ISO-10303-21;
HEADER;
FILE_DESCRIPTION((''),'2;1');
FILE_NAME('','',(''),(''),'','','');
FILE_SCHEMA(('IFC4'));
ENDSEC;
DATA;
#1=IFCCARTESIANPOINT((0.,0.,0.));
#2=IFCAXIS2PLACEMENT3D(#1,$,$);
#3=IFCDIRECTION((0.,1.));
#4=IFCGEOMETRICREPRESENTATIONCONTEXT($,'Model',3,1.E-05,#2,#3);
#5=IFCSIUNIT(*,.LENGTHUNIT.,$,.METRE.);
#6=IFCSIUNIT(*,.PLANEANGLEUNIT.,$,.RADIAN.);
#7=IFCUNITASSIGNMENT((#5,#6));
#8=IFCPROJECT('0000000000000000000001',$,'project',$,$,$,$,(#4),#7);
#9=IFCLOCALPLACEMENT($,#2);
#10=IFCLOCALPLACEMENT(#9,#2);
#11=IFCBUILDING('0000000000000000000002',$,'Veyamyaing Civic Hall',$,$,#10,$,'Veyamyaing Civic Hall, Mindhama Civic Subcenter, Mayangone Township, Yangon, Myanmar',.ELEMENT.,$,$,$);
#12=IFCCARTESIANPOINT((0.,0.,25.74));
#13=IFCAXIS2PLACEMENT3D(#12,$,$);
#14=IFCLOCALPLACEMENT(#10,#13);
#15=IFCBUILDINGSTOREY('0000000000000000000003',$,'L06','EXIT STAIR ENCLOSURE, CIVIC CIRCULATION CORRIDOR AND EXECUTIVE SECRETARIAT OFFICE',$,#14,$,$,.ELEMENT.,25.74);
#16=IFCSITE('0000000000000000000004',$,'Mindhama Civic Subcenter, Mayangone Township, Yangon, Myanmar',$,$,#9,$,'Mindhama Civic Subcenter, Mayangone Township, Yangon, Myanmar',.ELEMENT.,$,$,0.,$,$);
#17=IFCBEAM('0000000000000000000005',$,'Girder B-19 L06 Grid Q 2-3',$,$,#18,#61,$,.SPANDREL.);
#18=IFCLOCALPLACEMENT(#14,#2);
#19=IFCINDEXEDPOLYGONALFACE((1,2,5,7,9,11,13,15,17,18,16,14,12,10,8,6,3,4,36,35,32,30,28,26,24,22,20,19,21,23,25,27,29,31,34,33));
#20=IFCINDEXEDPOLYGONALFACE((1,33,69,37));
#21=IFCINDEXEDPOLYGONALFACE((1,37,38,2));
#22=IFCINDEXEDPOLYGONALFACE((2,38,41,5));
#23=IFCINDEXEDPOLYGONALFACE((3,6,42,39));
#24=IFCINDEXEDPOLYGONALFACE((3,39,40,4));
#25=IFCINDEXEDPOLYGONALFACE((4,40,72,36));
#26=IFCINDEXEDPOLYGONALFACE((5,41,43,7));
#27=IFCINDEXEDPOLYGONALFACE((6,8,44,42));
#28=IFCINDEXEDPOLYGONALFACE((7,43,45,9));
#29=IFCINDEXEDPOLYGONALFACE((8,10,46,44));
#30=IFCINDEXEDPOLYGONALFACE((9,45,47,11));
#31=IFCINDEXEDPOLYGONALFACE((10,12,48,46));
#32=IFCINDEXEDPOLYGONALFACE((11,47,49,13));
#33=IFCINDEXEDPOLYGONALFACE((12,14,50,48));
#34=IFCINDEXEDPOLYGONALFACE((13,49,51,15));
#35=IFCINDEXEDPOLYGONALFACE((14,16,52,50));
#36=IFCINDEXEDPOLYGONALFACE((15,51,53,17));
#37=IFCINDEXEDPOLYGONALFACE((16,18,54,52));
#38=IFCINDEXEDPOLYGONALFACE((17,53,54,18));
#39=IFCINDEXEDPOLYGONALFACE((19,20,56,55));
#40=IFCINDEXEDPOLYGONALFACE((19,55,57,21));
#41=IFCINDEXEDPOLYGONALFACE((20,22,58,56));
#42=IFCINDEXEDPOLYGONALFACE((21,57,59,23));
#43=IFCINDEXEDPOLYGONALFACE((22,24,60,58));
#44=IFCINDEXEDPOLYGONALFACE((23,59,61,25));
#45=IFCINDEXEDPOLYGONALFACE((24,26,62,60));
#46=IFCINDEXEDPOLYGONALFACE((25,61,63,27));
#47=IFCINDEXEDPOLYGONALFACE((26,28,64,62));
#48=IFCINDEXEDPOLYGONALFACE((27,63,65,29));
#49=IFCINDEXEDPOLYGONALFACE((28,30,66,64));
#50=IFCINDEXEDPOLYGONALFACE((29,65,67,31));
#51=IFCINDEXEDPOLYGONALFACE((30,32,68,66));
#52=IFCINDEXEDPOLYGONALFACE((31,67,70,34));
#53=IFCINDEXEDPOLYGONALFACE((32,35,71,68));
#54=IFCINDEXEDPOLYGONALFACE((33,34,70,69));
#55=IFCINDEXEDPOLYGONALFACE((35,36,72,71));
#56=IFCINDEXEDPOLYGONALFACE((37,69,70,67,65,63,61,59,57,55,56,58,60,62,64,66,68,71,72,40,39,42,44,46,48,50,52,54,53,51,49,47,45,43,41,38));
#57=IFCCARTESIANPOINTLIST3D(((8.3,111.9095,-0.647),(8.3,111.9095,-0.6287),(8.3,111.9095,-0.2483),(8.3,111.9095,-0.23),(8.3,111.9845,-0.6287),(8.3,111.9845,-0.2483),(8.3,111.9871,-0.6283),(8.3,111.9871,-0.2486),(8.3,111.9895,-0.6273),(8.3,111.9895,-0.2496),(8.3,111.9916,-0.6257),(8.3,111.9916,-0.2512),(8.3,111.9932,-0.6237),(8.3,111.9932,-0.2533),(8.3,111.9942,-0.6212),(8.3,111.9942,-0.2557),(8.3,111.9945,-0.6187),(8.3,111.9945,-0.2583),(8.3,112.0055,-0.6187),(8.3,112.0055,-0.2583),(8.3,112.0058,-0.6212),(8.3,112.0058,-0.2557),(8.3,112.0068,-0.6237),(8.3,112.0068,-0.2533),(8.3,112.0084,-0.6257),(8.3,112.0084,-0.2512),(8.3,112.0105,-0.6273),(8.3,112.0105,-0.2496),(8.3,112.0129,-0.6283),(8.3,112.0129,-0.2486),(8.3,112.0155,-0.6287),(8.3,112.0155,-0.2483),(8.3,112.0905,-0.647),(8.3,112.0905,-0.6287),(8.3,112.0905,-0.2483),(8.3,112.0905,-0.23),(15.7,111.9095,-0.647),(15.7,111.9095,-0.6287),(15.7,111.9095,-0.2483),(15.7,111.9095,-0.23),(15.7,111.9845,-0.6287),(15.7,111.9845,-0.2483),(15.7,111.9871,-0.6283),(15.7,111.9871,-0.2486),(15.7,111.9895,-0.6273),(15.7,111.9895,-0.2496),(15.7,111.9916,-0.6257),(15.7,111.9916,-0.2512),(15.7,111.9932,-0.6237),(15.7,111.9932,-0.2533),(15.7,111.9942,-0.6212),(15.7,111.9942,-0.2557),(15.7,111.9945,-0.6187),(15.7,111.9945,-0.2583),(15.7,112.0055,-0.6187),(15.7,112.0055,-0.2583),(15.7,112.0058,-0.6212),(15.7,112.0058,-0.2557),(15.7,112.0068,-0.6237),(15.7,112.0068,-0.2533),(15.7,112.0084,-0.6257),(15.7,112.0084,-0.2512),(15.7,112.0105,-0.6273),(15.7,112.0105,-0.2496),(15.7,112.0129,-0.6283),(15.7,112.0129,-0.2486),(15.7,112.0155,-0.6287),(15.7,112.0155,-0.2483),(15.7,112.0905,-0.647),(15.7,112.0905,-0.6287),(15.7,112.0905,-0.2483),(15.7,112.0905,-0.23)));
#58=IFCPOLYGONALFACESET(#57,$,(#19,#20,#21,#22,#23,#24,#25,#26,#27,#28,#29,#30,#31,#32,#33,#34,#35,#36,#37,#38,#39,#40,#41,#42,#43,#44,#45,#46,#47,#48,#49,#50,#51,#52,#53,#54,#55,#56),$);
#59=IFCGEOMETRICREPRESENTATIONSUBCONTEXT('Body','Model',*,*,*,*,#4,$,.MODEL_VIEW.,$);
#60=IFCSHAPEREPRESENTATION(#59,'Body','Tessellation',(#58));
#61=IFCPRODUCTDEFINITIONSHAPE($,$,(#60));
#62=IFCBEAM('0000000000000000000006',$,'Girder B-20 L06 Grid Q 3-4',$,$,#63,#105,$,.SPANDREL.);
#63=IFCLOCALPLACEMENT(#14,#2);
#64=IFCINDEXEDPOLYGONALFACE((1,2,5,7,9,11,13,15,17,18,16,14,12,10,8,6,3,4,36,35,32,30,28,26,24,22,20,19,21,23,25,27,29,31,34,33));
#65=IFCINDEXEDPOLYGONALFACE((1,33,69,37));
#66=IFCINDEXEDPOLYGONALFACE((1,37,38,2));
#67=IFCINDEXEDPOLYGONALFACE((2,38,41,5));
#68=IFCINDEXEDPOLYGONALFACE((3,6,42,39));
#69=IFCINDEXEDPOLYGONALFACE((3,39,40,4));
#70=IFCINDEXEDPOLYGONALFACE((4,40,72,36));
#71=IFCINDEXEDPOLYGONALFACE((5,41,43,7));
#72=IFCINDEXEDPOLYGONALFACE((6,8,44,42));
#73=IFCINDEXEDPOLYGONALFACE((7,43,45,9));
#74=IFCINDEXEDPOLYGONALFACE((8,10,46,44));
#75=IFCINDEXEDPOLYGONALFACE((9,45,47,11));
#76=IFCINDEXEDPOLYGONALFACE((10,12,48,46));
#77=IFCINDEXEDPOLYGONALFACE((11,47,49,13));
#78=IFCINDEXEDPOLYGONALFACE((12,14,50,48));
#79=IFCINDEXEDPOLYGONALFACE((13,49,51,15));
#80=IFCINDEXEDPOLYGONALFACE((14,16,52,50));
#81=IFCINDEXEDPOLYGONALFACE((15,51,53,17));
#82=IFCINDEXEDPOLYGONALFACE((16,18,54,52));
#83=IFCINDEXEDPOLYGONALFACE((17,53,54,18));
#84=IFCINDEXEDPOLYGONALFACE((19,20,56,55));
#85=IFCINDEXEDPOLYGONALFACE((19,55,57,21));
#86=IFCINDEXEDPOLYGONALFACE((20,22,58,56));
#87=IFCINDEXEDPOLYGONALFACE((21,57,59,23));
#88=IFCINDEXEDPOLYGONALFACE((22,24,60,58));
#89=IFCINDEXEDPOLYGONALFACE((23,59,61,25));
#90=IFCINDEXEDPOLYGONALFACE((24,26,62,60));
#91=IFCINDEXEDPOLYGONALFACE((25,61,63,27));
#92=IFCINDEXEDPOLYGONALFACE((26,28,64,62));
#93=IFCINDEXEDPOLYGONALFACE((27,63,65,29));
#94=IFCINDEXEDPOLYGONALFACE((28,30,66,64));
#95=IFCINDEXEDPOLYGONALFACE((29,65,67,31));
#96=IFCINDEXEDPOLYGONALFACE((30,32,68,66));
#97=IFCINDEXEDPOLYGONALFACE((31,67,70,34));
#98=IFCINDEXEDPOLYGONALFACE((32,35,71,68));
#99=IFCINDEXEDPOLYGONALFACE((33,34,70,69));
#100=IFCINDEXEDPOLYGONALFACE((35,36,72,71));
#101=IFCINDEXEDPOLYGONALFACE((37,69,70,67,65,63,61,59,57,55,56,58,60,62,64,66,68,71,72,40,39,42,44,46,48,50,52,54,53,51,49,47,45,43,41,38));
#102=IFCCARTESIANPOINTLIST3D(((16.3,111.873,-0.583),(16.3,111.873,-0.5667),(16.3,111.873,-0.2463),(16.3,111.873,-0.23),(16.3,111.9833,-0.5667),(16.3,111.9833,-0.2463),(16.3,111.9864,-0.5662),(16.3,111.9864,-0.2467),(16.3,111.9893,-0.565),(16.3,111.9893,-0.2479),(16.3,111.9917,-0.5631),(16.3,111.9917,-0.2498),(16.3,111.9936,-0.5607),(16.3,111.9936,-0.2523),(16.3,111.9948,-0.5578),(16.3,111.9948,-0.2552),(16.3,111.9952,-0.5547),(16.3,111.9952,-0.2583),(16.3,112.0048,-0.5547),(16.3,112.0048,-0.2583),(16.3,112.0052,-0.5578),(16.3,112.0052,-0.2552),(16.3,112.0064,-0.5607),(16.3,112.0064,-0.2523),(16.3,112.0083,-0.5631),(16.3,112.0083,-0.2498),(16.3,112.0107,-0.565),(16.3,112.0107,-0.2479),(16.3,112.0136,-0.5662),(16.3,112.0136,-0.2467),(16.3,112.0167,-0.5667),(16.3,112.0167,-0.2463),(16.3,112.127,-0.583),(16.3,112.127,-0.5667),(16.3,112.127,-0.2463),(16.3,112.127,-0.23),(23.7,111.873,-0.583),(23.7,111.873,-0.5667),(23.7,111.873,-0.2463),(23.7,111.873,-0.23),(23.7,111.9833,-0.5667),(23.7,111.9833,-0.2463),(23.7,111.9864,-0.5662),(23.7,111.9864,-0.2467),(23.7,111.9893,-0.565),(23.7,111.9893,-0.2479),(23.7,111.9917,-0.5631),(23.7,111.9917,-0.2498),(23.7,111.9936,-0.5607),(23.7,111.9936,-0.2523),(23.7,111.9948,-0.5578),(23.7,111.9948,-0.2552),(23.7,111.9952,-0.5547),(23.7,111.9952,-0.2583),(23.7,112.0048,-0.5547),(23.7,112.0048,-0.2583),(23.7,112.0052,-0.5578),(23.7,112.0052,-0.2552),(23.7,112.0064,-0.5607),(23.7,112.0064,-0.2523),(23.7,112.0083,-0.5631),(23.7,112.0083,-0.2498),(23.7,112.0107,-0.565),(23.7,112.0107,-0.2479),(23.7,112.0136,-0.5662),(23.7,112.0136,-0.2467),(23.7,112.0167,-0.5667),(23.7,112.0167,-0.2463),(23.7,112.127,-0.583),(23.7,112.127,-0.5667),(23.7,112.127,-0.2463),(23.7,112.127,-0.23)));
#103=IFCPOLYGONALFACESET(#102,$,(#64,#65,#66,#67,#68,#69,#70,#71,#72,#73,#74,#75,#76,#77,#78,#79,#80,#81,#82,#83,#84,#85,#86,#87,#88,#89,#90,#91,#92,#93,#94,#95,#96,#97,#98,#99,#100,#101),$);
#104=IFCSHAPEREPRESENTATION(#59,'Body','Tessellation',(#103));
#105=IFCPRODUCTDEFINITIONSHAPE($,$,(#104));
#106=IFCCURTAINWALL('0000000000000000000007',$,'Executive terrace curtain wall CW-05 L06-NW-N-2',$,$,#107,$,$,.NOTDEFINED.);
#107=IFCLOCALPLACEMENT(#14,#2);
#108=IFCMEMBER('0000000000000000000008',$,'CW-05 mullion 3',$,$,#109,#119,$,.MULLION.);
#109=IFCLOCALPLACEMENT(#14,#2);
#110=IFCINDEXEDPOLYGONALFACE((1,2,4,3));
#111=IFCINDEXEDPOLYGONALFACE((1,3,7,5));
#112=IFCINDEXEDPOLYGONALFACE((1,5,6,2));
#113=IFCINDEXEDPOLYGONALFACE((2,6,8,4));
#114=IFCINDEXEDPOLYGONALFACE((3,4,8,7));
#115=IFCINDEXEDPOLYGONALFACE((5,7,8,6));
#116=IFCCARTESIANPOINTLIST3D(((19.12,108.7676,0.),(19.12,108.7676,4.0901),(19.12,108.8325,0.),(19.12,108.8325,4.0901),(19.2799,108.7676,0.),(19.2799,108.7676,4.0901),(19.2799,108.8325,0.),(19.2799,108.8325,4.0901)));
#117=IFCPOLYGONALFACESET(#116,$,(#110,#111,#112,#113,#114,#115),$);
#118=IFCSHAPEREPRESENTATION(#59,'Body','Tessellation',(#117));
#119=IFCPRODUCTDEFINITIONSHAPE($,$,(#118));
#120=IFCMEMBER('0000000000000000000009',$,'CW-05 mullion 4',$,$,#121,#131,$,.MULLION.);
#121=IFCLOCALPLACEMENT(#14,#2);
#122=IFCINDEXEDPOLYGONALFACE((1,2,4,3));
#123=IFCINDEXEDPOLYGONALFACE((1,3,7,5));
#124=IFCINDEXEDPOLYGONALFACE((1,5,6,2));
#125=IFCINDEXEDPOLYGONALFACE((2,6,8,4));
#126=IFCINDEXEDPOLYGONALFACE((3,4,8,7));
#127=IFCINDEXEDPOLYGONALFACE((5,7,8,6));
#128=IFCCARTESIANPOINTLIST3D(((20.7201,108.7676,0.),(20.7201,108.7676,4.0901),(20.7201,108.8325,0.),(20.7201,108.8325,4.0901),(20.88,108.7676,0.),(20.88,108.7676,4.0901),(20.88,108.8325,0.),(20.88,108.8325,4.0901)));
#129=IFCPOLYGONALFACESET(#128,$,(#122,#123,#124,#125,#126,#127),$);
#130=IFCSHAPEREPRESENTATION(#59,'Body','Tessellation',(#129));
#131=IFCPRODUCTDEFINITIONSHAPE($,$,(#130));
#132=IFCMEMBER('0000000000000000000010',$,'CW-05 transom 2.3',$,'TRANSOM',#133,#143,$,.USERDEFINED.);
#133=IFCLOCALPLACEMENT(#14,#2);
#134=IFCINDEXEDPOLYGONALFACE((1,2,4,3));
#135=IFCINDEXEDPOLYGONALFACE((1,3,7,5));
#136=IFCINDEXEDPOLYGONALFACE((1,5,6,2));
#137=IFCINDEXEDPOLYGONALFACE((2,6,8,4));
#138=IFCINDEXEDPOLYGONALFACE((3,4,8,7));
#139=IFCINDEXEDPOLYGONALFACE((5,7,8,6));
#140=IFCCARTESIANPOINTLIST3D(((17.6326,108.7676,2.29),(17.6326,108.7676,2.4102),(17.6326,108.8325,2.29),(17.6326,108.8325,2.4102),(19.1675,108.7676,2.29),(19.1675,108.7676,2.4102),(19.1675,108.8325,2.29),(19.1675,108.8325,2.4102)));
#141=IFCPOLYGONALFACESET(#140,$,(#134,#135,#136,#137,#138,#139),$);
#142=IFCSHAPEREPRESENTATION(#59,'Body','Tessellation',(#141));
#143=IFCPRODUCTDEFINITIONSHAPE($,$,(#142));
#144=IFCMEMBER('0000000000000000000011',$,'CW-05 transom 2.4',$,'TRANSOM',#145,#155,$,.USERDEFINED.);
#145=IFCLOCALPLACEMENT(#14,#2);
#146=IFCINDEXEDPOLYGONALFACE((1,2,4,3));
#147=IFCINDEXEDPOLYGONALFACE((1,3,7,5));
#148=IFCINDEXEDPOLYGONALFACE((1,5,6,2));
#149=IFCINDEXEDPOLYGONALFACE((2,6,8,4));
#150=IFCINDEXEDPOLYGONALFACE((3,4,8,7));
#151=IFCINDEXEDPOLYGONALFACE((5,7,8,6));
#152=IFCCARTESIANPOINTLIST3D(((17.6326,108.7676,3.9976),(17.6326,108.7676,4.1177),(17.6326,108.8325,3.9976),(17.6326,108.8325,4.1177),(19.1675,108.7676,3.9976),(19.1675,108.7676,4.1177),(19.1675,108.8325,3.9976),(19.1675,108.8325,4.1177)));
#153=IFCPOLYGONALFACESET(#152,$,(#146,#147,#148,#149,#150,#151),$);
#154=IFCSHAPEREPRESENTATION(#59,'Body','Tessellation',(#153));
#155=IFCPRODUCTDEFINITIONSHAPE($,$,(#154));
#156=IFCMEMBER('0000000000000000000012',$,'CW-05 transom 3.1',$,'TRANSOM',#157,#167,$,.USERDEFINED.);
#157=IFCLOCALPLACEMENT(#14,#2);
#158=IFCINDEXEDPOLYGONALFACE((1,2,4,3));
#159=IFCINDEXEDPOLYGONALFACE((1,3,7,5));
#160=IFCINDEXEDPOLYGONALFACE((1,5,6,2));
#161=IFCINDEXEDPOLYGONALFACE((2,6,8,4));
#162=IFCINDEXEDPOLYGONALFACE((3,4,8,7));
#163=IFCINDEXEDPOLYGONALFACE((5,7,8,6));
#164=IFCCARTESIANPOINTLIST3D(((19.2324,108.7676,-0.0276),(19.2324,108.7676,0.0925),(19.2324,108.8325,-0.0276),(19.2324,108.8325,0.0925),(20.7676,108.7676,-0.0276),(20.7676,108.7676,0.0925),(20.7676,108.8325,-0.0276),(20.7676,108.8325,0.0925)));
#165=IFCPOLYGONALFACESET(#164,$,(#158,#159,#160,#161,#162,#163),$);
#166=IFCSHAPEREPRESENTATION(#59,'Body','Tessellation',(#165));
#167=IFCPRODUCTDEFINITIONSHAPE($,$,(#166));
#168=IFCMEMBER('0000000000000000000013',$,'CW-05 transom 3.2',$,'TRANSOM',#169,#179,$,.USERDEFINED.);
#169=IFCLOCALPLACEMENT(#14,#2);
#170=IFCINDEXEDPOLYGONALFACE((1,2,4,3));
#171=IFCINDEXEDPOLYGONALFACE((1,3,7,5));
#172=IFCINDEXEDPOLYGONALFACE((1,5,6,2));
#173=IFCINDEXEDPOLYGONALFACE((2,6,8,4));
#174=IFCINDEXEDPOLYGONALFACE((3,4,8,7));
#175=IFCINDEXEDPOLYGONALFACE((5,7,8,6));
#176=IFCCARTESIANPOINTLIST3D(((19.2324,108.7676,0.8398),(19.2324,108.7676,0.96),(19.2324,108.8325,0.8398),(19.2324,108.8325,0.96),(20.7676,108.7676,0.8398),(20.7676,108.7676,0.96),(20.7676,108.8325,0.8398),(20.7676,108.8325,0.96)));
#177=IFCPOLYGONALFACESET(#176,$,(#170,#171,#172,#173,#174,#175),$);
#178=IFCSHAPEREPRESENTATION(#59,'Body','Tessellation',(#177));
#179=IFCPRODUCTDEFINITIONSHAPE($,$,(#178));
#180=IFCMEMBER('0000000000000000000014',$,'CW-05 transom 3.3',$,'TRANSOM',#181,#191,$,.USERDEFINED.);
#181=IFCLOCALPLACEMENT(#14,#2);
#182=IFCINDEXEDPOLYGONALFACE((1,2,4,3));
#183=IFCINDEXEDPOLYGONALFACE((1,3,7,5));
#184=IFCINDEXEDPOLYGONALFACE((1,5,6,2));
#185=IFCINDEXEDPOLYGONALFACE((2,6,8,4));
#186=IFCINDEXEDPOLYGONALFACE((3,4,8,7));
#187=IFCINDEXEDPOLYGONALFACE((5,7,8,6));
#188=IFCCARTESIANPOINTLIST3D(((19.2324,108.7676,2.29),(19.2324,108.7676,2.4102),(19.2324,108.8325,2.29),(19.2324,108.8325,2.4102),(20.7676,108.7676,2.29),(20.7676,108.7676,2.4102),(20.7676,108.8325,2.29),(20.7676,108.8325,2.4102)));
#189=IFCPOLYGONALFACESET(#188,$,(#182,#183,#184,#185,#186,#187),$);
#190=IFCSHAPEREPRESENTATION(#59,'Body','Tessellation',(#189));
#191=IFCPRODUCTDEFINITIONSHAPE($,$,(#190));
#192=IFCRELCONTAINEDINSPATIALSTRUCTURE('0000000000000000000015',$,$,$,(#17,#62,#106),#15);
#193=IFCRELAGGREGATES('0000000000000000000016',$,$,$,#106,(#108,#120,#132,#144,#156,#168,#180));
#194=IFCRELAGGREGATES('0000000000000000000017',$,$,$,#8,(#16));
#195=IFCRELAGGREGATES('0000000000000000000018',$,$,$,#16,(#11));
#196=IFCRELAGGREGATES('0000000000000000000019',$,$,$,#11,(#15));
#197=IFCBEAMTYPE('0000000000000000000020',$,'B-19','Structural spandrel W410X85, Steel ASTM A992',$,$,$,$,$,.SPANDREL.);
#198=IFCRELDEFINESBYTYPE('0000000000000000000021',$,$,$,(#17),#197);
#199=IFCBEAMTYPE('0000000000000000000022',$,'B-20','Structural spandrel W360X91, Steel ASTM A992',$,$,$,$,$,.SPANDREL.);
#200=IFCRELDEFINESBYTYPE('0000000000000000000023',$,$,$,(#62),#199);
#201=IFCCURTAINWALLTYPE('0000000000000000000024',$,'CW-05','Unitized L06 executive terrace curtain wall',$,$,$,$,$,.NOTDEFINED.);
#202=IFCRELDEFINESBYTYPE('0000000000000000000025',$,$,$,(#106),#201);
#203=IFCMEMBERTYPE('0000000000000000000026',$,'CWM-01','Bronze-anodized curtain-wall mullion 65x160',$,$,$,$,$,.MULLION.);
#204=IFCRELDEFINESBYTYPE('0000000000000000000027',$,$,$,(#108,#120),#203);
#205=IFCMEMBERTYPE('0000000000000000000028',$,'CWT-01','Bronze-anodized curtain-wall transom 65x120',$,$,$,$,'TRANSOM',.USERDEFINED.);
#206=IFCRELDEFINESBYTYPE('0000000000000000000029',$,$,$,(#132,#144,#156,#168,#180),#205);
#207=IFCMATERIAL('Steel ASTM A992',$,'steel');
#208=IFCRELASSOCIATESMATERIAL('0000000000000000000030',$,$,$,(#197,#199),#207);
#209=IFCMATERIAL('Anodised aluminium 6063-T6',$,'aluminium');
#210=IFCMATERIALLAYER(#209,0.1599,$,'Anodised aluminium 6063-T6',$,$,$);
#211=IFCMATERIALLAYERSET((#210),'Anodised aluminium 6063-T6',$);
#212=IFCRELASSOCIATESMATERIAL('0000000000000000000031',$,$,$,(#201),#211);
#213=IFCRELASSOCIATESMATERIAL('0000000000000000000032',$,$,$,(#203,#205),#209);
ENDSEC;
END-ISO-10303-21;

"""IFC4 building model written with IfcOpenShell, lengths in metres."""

from ifc_helpers import new_model, si_unit, direction, frame, origin, origin_2d, place, context, subcontext, project, spatial, rectangle, i_section, extrude, material, layer, layer_set, material_profile, profile_set, type_object, element, aggregate, save


model = new_model("IFC4")

# Units and contexts
model_context = context("Model", 3, precision=1e-05, world=origin(), true_north=direction((0.0, 1.0)))
body_context = subcontext(model_context, "Body", "Model", "MODEL_VIEW")
ifc_project = project(units=[si_unit("LENGTHUNIT", "METRE"), si_unit("PLANEANGLEUNIT", "RADIAN")], contexts=[model_context])

# Site, building, storey
site_placement = place(None, origin())
site = spatial("IfcSite", under=ifc_project, at=site_placement, Name="Mindhama Civic Subcenter, Mayangone Township, Yangon, Myanmar", LongName="Mindhama Civic Subcenter, Mayangone Township, Yangon, Myanmar", CompositionType="ELEMENT", RefElevation=0.0)
building_placement = place(site_placement, origin())
building = spatial("IfcBuilding", under=site, at=building_placement, Name="Veyamyaing Civic Hall", LongName="Veyamyaing Civic Hall, Mindhama Civic Subcenter, Mayangone Township, Yangon, Myanmar", CompositionType="ELEMENT")
storey_placement = place(building_placement, frame((0.0, 0.0, 25.74)))
storey = spatial("IfcBuildingStorey", under=building, at=storey_placement, Name="L06", Description="EXIT STAIR ENCLOSURE, CIVIC CIRCULATION CORRIDOR AND EXECUTIVE SECRETARIAT OFFICE", CompositionType="ELEMENT", Elevation=25.74)

# Beams
ifc_material_1 = material(Name="Steel ASTM A992", Category="steel")
ifc_material_profile_1 = material_profile(ifc_material_1, i_section(OverallWidth=0.1809, OverallDepth=0.417, WebThickness=0.011, FlangeThickness=0.0183, FilletRadius=0.01, at=origin_2d()), Name="W410X85")
ifc_profile_set_1 = profile_set([ifc_material_profile_1], Name="Steel ASTM A992")
beam_type_1 = type_object("IfcBeamType", Name="B-19", Description="Structural spandrel W410X85, Steel ASTM A992", PredefinedType="SPANDREL", material=ifc_profile_set_1)
beam_1_placement = place(storey_placement, frame((8.3, 112.0, -0.4385), z_axis=(1.0, 0.0, 0.0), x_axis=(0.0, 1.0, 0.0)))
element("IfcBeam", 1, at=beam_1_placement, inside=storey, type_object=beam_type_1, Name="Girder B-19 L06 Grid Q 2-3", PredefinedType="SPANDREL", context=body_context, shape_type="SweptSolid", body=[
    extrude(i_section(OverallWidth=0.1809, OverallDepth=0.417, WebThickness=0.011, FlangeThickness=0.0183, FilletRadius=0.01, at=origin_2d()), origin(), (0.0, 0.0, 1.0), 7.3999),
])
ifc_material_profile_2 = material_profile(ifc_material_1, i_section(OverallWidth=0.2539, OverallDepth=0.353, WebThickness=0.0095, FlangeThickness=0.0164, FilletRadius=0.012, at=origin_2d()), Name="W360X91")
ifc_profile_set_2 = profile_set([ifc_material_profile_2], Name="Steel ASTM A992")
beam_type_2 = type_object("IfcBeamType", Name="B-20", Description="Structural spandrel W360X91, Steel ASTM A992", PredefinedType="SPANDREL", material=ifc_profile_set_2)
beam_2_placement = place(storey_placement, frame((16.3, 112.0, -0.4065), z_axis=(1.0, 0.0, 0.0), x_axis=(0.0, 1.0, 0.0)))
element("IfcBeam", 2, at=beam_2_placement, inside=storey, type_object=beam_type_2, Name="Girder B-20 L06 Grid Q 3-4", PredefinedType="SPANDREL", context=body_context, shape_type="SweptSolid", body=[
    extrude(i_section(OverallWidth=0.2539, OverallDepth=0.353, WebThickness=0.0095, FlangeThickness=0.0164, FilletRadius=0.012, at=origin_2d()), origin(), (0.0, 0.0, 1.0), 7.3999),
])

# Curtain wall, members
ifc_material_2 = material(Name="Anodised aluminium 6063-T6", Category="aluminium")
ifc_layer_1 = layer(ifc_material_2, 0.1599, Name="Anodised aluminium 6063-T6")
ifc_layer_set_1 = layer_set([ifc_layer_1], Name="Anodised aluminium 6063-T6")
curtain_wall_type = type_object("IfcCurtainWallType", Name="CW-05", Description="Unitized L06 executive terrace curtain wall", PredefinedType="NOTDEFINED", material=ifc_layer_set_1)
curtain_wall_placement = place(storey_placement, origin())
curtain_wall = element("IfcCurtainWall", 3, at=curtain_wall_placement, inside=storey, type_object=curtain_wall_type, Name="Executive terrace curtain wall CW-05 L06-NW-N-2", PredefinedType="NOTDEFINED")
ifc_material_profile_3 = material_profile(ifc_material_2, rectangle(XDim=0.0649, YDim=0.1599, at=origin_2d()), Name="ALU-MUL-65X160")
ifc_profile_set_3 = profile_set([ifc_material_profile_3], Name="Anodised aluminium 6063-T6")
member_type_1 = type_object("IfcMemberType", Name="CWM-01", Description="Bronze-anodized curtain-wall mullion 65x160", PredefinedType="MULLION", material=ifc_profile_set_3)
member_1_placement = place(storey_placement, frame((19.2, 108.8, 0.0), z_axis=(0.0, 0.0, 1.0), x_axis=(0.0, 1.0, 0.0)))
member_1 = element("IfcMember", 4, at=member_1_placement, type_object=member_type_1, Name="CW-05 mullion 3", PredefinedType="MULLION", context=body_context, shape_type="SweptSolid", body=[
    extrude(rectangle(XDim=0.0649, YDim=0.1599, at=origin_2d()), origin(), (0.0, 0.0, 1.0), 4.0901),
])
member_2_placement = place(storey_placement, frame((20.8, 108.8, 0.0), z_axis=(0.0, 0.0, 1.0), x_axis=(0.0, 1.0, 0.0)))
member_2 = element("IfcMember", 5, at=member_2_placement, type_object=member_type_1, Name="CW-05 mullion 4", PredefinedType="MULLION", context=body_context, shape_type="SweptSolid", body=[
    extrude(rectangle(XDim=0.0649, YDim=0.1599, at=origin_2d()), origin(), (0.0, 0.0, 1.0), 4.0901),
])
ifc_material_profile_4 = material_profile(ifc_material_2, rectangle(XDim=0.0649, YDim=0.1201, at=origin_2d()), Name="ALU-TRN-65X120")
ifc_profile_set_4 = profile_set([ifc_material_profile_4], Name="Anodised aluminium 6063-T6")
member_type_2 = type_object("IfcMemberType", Name="CWT-01", Description="Bronze-anodized curtain-wall transom 65x120", ElementType="TRANSOM", PredefinedType="USERDEFINED", material=ifc_profile_set_4)
member_3_placement = place(storey_placement, frame((17.6326, 108.8, 2.3501), z_axis=(1.0, 0.0, 0.0), x_axis=(0.0, 1.0, 0.0)))
member_3 = element("IfcMember", 6, at=member_3_placement, type_object=member_type_2, Name="CW-05 transom 2.3", ObjectType="TRANSOM", PredefinedType="USERDEFINED", context=body_context, shape_type="SweptSolid", body=[
    extrude(rectangle(XDim=0.0649, YDim=0.1201, at=origin_2d()), origin(), (0.0, 0.0, 1.0), 1.5349),
])
member_4_placement = place(storey_placement, frame((17.6326, 108.8, 4.0576), z_axis=(1.0, 0.0, 0.0), x_axis=(0.0, 1.0, 0.0)))
member_4 = element("IfcMember", 7, at=member_4_placement, type_object=member_type_2, Name="CW-05 transom 2.4", ObjectType="TRANSOM", PredefinedType="USERDEFINED", context=body_context, shape_type="SweptSolid", body=[
    extrude(rectangle(XDim=0.0649, YDim=0.1201, at=origin_2d()), origin(), (0.0, 0.0, 1.0), 1.5349),
])
member_5_placement = place(storey_placement, frame((19.2324, 108.8, 0.0325), z_axis=(1.0, 0.0, 0.0), x_axis=(0.0, 1.0, 0.0)))
member_5 = element("IfcMember", 8, at=member_5_placement, type_object=member_type_2, Name="CW-05 transom 3.1", ObjectType="TRANSOM", PredefinedType="USERDEFINED", context=body_context, shape_type="SweptSolid", body=[
    extrude(rectangle(XDim=0.0649, YDim=0.1201, at=origin_2d()), origin(), (0.0, 0.0, 1.0), 1.5352),
])
member_6_placement = place(storey_placement, frame((19.2324, 108.8, 0.8999), z_axis=(1.0, 0.0, 0.0), x_axis=(0.0, 1.0, 0.0)))
member_6 = element("IfcMember", 9, at=member_6_placement, type_object=member_type_2, Name="CW-05 transom 3.2", ObjectType="TRANSOM", PredefinedType="USERDEFINED", context=body_context, shape_type="SweptSolid", body=[
    extrude(rectangle(XDim=0.0649, YDim=0.1201, at=origin_2d()), origin(), (0.0, 0.0, 1.0), 1.5352),
])
member_7_placement = place(storey_placement, frame((19.2324, 108.8, 2.3501), z_axis=(1.0, 0.0, 0.0), x_axis=(0.0, 1.0, 0.0)))
member_7 = element("IfcMember", 10, at=member_7_placement, type_object=member_type_2, Name="CW-05 transom 3.3", ObjectType="TRANSOM", PredefinedType="USERDEFINED", context=body_context, shape_type="SweptSolid", body=[
    extrude(rectangle(XDim=0.0649, YDim=0.1201, at=origin_2d()), origin(), (0.0, 0.0, 1.0), 1.5352),
])

aggregate(curtain_wall, [member_1, member_2, member_3, member_4, member_5, member_6, member_7])

save(model, "model.ifc")
